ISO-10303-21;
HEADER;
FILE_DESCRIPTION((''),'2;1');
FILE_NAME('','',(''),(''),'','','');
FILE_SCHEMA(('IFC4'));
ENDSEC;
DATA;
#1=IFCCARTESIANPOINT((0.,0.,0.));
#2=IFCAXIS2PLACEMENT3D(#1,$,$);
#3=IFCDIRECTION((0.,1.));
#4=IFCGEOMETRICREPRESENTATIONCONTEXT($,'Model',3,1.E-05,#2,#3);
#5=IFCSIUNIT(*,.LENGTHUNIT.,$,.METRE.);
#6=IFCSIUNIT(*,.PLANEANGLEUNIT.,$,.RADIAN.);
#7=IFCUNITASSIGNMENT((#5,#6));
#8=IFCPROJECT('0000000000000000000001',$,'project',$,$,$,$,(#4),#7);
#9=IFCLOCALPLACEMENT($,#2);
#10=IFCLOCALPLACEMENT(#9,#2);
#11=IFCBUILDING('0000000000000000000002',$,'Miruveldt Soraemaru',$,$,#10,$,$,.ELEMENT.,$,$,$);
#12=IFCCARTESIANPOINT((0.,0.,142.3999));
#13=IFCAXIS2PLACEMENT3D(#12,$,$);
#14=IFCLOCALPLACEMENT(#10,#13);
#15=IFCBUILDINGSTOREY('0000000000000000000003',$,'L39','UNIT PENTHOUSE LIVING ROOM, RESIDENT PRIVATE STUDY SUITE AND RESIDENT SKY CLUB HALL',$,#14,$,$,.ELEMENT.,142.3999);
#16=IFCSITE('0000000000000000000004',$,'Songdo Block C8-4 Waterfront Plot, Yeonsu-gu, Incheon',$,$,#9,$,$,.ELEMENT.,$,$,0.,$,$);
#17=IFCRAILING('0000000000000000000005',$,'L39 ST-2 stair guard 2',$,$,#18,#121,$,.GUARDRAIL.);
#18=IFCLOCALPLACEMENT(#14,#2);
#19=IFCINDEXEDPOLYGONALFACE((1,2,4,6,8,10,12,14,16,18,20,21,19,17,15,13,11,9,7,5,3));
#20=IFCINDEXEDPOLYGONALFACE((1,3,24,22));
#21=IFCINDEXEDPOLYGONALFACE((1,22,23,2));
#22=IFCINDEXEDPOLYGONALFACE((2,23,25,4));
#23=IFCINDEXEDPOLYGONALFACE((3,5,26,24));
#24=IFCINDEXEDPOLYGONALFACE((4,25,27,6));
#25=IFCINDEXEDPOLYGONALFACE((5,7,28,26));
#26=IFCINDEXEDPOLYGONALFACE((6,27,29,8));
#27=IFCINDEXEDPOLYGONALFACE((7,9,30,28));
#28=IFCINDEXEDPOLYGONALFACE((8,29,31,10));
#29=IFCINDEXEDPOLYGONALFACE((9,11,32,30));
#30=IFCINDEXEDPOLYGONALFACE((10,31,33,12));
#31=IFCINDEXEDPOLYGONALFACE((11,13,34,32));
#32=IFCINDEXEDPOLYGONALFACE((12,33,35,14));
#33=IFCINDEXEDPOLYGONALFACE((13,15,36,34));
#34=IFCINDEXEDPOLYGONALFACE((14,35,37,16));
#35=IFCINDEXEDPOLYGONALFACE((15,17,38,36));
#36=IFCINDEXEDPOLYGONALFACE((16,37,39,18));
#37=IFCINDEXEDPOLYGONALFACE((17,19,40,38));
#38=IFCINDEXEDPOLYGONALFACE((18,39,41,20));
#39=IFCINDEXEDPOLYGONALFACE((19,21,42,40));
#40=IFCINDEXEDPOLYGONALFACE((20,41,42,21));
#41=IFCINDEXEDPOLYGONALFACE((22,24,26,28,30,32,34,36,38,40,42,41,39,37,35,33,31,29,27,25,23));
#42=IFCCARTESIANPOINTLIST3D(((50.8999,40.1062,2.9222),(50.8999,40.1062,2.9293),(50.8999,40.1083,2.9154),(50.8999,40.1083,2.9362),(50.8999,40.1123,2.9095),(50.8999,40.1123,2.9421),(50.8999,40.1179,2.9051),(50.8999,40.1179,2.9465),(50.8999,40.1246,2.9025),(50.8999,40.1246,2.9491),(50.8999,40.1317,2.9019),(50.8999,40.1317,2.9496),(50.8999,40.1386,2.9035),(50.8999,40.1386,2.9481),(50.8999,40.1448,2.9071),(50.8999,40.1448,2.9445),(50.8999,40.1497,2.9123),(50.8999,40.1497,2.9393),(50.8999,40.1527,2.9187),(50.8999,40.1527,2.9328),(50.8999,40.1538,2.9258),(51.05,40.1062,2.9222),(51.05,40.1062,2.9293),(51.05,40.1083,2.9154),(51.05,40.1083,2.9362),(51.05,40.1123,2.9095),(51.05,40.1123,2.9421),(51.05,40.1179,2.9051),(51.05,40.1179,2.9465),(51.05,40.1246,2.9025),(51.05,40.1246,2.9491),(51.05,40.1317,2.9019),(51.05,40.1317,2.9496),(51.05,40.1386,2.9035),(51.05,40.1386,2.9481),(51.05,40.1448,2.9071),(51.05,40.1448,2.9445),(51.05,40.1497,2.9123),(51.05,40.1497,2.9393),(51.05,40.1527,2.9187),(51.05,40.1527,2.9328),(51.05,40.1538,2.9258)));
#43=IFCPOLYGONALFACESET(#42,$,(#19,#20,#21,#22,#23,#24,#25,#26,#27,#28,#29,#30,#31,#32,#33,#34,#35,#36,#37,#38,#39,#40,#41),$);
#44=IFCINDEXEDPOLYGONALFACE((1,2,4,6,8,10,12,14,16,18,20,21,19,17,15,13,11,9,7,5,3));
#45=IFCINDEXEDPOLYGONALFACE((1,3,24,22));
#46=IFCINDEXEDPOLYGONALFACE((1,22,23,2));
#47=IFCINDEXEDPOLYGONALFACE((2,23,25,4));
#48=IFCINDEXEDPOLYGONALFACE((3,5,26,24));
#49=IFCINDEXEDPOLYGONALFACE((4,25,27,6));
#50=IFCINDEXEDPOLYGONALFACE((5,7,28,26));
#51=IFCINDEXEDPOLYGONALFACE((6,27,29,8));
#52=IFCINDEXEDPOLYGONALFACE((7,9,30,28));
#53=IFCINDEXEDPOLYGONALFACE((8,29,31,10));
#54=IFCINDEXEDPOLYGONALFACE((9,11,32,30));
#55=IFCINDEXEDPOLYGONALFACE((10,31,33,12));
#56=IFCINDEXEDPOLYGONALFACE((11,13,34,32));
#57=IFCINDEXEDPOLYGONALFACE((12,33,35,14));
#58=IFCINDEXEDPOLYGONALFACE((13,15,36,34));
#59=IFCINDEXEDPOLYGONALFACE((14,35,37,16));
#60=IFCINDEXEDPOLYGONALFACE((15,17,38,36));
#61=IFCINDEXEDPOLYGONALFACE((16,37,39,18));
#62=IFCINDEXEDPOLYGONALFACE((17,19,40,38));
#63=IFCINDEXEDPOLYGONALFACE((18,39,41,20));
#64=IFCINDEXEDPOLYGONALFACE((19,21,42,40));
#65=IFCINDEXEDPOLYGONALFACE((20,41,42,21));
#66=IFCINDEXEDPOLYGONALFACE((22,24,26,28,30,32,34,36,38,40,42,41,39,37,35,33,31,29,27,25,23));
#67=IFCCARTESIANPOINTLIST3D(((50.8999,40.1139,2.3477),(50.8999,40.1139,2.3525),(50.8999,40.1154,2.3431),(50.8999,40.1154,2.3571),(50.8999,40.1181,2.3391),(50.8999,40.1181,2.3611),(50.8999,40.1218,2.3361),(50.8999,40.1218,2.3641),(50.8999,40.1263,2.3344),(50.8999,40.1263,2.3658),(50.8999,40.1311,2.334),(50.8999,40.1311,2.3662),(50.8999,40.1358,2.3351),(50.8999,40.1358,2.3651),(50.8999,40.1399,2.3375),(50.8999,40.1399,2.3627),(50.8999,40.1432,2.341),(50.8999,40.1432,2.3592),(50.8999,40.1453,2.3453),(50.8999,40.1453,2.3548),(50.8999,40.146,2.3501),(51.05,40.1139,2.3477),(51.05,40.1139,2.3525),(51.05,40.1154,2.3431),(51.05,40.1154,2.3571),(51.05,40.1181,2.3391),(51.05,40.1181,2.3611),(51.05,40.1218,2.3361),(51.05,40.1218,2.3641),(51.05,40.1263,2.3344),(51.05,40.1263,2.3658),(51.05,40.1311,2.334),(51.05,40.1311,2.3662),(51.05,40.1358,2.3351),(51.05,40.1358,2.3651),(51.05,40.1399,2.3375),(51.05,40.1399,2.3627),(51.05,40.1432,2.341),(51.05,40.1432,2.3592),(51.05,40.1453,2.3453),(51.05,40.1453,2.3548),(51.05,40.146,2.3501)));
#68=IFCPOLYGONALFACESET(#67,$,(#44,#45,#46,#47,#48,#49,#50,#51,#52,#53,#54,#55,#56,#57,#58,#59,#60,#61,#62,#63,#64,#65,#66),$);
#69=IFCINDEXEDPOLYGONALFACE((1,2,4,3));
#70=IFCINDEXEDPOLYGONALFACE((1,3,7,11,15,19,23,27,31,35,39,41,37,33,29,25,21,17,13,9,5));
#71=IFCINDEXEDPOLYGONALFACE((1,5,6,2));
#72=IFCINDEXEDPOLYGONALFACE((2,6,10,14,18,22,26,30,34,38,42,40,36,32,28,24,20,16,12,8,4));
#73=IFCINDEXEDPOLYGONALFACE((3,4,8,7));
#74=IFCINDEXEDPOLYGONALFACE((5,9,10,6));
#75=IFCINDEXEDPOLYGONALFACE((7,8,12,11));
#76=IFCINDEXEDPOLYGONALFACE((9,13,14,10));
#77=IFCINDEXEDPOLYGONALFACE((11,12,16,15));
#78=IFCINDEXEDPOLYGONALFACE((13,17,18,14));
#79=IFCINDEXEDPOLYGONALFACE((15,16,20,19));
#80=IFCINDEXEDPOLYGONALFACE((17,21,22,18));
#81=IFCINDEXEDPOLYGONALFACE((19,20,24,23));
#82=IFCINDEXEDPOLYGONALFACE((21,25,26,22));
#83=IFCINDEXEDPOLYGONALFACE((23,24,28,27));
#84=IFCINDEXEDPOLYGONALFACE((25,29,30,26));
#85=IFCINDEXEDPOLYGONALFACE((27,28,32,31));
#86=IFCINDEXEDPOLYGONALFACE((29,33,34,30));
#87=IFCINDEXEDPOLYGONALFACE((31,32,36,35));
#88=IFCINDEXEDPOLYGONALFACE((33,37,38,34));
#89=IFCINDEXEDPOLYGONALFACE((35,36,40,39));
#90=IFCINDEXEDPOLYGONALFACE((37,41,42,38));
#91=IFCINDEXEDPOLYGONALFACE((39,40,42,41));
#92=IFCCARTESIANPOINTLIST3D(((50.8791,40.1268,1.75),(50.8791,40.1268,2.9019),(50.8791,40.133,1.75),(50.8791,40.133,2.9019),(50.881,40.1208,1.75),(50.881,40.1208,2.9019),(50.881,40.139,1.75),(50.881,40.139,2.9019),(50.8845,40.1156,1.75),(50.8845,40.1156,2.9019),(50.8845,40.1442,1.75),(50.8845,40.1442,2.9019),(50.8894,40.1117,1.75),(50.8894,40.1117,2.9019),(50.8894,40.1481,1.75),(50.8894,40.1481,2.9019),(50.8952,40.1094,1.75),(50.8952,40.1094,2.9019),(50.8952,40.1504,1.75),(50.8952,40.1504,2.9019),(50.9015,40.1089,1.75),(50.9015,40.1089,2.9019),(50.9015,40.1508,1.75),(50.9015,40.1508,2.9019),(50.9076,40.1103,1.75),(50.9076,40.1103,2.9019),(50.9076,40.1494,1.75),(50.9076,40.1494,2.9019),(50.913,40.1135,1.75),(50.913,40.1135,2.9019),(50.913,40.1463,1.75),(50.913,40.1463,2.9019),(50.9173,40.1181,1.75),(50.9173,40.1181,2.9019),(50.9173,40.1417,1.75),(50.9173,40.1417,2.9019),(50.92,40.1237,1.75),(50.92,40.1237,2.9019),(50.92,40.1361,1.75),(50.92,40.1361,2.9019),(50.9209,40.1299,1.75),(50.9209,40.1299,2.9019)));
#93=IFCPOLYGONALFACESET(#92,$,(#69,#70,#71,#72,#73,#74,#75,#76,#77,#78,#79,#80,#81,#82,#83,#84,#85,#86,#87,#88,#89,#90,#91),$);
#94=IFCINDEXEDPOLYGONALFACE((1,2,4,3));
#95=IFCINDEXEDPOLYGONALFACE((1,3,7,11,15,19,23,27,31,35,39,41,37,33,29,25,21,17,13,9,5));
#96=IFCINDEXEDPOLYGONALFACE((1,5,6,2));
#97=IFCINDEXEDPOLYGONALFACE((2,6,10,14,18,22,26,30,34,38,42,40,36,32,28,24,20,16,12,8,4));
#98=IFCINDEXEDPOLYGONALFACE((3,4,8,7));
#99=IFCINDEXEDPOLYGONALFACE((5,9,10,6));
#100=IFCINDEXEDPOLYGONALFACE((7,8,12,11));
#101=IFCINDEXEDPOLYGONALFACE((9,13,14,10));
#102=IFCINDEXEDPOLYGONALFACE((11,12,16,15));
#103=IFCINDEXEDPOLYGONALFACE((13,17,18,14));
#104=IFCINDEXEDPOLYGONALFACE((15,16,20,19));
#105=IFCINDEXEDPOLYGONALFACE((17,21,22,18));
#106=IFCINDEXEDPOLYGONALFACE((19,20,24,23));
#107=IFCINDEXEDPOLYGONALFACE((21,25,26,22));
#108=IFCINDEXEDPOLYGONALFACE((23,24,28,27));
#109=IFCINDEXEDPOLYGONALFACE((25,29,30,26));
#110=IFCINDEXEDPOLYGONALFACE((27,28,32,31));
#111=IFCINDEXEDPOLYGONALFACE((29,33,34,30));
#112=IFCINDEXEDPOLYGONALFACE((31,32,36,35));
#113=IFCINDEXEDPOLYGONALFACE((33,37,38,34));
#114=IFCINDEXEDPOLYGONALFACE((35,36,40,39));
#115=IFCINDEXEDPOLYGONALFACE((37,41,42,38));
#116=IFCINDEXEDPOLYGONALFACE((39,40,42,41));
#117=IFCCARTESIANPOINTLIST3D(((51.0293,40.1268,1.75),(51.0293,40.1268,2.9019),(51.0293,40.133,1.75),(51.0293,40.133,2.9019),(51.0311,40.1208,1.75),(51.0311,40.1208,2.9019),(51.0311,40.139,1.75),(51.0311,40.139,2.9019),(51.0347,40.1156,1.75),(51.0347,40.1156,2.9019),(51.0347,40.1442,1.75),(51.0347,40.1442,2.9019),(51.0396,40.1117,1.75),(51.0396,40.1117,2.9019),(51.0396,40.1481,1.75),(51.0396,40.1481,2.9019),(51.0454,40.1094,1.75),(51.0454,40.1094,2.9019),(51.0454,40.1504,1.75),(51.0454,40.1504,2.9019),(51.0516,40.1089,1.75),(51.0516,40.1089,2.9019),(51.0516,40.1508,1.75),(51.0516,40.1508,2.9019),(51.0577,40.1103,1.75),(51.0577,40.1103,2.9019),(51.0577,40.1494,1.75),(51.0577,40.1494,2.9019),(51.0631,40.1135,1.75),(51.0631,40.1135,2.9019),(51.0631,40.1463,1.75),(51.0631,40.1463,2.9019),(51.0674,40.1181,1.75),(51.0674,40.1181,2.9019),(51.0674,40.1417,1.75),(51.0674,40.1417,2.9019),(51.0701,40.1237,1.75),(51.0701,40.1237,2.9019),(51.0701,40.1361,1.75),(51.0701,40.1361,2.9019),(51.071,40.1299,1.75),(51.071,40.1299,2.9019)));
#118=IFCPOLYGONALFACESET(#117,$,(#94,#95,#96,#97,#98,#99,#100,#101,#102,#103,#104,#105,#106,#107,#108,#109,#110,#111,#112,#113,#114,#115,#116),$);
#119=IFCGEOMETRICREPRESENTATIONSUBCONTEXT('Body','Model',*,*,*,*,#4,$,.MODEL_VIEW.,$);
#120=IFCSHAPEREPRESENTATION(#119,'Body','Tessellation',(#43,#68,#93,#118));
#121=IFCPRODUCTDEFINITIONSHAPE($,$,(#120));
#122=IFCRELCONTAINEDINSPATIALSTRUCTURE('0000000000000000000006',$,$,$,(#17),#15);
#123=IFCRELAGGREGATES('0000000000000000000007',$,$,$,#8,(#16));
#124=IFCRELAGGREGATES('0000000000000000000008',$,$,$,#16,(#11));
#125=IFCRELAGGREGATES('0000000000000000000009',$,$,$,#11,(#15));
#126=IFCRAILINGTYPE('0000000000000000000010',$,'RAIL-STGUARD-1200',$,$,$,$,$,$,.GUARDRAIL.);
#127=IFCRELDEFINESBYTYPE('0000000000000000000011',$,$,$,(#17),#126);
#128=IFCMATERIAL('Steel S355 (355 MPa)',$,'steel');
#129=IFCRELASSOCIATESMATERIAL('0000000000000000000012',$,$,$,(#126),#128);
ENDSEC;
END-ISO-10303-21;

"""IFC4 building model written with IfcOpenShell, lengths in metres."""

from ifc_helpers import new_model, si_unit, direction, frame, origin, origin_2d, place, context, subcontext, project, spatial, circle, extrude, material, type_object, element, save


model = new_model("IFC4")

# Units and contexts
model_context = context("Model", 3, precision=1e-05, world=origin(), true_north=direction((0.0, 1.0)))
body_context = subcontext(model_context, "Body", "Model", "MODEL_VIEW")
ifc_project = project(units=[si_unit("LENGTHUNIT", "METRE"), si_unit("PLANEANGLEUNIT", "RADIAN")], contexts=[model_context])

# Site, building, storey
site_placement = place(None, origin())
site = spatial("IfcSite", under=ifc_project, at=site_placement, Name="Songdo Block C8-4 Waterfront Plot, Yeonsu-gu, Incheon", CompositionType="ELEMENT", RefElevation=0.0)
building_placement = place(site_placement, origin())
building = spatial("IfcBuilding", under=site, at=building_placement, Name="Miruveldt Soraemaru", CompositionType="ELEMENT")
storey_placement = place(building_placement, frame((0.0, 0.0, 142.3999)))
storey = spatial("IfcBuildingStorey", under=building, at=storey_placement, Name="L39", Description="UNIT PENTHOUSE LIVING ROOM, RESIDENT PRIVATE STUDY SUITE AND RESIDENT SKY CLUB HALL", CompositionType="ELEMENT", Elevation=142.3999)

# Railing
ifc_material_1 = material(Name="Steel S355 (355 MPa)", Category="steel")
railing_type_1 = type_object("IfcRailingType", Name="RAIL-STGUARD-1200", PredefinedType="GUARDRAIL", material=ifc_material_1)
railing_1_placement = place(storey_placement, frame((50.8999, 40.1299, 1.75)))
element("IfcRailing", 1, at=railing_1_placement, inside=storey, type_object=railing_type_1, Name="L39 ST-2 stair guard 2", PredefinedType="GUARDRAIL", context=body_context, shape_type="SweptSolid", body=[
    extrude(circle(Radius=0.0239, at=origin_2d()), frame((0.0, 0.0, 1.1758), z_axis=(1.0, 0.0, 0.0), x_axis=(0.0, 1.0, 0.0)), (0.0, 0.0, 1.0), 0.1501),
    extrude(circle(Radius=0.0161, at=origin_2d()), frame((0.0, 0.0, 0.6001), z_axis=(1.0, 0.0, 0.0), x_axis=(0.0, 1.0, 0.0)), (0.0, 0.0, 1.0), 0.1501),
    extrude(circle(Radius=0.021, at=origin_2d()), origin(), (0.0, 0.0, 1.0), 1.1519),
    extrude(circle(Radius=0.021, at=origin_2d()), frame((0.1501, 0.0, 0.0)), (0.0, 0.0, 1.0), 1.1519),
])

save(model, "model.ifc")
